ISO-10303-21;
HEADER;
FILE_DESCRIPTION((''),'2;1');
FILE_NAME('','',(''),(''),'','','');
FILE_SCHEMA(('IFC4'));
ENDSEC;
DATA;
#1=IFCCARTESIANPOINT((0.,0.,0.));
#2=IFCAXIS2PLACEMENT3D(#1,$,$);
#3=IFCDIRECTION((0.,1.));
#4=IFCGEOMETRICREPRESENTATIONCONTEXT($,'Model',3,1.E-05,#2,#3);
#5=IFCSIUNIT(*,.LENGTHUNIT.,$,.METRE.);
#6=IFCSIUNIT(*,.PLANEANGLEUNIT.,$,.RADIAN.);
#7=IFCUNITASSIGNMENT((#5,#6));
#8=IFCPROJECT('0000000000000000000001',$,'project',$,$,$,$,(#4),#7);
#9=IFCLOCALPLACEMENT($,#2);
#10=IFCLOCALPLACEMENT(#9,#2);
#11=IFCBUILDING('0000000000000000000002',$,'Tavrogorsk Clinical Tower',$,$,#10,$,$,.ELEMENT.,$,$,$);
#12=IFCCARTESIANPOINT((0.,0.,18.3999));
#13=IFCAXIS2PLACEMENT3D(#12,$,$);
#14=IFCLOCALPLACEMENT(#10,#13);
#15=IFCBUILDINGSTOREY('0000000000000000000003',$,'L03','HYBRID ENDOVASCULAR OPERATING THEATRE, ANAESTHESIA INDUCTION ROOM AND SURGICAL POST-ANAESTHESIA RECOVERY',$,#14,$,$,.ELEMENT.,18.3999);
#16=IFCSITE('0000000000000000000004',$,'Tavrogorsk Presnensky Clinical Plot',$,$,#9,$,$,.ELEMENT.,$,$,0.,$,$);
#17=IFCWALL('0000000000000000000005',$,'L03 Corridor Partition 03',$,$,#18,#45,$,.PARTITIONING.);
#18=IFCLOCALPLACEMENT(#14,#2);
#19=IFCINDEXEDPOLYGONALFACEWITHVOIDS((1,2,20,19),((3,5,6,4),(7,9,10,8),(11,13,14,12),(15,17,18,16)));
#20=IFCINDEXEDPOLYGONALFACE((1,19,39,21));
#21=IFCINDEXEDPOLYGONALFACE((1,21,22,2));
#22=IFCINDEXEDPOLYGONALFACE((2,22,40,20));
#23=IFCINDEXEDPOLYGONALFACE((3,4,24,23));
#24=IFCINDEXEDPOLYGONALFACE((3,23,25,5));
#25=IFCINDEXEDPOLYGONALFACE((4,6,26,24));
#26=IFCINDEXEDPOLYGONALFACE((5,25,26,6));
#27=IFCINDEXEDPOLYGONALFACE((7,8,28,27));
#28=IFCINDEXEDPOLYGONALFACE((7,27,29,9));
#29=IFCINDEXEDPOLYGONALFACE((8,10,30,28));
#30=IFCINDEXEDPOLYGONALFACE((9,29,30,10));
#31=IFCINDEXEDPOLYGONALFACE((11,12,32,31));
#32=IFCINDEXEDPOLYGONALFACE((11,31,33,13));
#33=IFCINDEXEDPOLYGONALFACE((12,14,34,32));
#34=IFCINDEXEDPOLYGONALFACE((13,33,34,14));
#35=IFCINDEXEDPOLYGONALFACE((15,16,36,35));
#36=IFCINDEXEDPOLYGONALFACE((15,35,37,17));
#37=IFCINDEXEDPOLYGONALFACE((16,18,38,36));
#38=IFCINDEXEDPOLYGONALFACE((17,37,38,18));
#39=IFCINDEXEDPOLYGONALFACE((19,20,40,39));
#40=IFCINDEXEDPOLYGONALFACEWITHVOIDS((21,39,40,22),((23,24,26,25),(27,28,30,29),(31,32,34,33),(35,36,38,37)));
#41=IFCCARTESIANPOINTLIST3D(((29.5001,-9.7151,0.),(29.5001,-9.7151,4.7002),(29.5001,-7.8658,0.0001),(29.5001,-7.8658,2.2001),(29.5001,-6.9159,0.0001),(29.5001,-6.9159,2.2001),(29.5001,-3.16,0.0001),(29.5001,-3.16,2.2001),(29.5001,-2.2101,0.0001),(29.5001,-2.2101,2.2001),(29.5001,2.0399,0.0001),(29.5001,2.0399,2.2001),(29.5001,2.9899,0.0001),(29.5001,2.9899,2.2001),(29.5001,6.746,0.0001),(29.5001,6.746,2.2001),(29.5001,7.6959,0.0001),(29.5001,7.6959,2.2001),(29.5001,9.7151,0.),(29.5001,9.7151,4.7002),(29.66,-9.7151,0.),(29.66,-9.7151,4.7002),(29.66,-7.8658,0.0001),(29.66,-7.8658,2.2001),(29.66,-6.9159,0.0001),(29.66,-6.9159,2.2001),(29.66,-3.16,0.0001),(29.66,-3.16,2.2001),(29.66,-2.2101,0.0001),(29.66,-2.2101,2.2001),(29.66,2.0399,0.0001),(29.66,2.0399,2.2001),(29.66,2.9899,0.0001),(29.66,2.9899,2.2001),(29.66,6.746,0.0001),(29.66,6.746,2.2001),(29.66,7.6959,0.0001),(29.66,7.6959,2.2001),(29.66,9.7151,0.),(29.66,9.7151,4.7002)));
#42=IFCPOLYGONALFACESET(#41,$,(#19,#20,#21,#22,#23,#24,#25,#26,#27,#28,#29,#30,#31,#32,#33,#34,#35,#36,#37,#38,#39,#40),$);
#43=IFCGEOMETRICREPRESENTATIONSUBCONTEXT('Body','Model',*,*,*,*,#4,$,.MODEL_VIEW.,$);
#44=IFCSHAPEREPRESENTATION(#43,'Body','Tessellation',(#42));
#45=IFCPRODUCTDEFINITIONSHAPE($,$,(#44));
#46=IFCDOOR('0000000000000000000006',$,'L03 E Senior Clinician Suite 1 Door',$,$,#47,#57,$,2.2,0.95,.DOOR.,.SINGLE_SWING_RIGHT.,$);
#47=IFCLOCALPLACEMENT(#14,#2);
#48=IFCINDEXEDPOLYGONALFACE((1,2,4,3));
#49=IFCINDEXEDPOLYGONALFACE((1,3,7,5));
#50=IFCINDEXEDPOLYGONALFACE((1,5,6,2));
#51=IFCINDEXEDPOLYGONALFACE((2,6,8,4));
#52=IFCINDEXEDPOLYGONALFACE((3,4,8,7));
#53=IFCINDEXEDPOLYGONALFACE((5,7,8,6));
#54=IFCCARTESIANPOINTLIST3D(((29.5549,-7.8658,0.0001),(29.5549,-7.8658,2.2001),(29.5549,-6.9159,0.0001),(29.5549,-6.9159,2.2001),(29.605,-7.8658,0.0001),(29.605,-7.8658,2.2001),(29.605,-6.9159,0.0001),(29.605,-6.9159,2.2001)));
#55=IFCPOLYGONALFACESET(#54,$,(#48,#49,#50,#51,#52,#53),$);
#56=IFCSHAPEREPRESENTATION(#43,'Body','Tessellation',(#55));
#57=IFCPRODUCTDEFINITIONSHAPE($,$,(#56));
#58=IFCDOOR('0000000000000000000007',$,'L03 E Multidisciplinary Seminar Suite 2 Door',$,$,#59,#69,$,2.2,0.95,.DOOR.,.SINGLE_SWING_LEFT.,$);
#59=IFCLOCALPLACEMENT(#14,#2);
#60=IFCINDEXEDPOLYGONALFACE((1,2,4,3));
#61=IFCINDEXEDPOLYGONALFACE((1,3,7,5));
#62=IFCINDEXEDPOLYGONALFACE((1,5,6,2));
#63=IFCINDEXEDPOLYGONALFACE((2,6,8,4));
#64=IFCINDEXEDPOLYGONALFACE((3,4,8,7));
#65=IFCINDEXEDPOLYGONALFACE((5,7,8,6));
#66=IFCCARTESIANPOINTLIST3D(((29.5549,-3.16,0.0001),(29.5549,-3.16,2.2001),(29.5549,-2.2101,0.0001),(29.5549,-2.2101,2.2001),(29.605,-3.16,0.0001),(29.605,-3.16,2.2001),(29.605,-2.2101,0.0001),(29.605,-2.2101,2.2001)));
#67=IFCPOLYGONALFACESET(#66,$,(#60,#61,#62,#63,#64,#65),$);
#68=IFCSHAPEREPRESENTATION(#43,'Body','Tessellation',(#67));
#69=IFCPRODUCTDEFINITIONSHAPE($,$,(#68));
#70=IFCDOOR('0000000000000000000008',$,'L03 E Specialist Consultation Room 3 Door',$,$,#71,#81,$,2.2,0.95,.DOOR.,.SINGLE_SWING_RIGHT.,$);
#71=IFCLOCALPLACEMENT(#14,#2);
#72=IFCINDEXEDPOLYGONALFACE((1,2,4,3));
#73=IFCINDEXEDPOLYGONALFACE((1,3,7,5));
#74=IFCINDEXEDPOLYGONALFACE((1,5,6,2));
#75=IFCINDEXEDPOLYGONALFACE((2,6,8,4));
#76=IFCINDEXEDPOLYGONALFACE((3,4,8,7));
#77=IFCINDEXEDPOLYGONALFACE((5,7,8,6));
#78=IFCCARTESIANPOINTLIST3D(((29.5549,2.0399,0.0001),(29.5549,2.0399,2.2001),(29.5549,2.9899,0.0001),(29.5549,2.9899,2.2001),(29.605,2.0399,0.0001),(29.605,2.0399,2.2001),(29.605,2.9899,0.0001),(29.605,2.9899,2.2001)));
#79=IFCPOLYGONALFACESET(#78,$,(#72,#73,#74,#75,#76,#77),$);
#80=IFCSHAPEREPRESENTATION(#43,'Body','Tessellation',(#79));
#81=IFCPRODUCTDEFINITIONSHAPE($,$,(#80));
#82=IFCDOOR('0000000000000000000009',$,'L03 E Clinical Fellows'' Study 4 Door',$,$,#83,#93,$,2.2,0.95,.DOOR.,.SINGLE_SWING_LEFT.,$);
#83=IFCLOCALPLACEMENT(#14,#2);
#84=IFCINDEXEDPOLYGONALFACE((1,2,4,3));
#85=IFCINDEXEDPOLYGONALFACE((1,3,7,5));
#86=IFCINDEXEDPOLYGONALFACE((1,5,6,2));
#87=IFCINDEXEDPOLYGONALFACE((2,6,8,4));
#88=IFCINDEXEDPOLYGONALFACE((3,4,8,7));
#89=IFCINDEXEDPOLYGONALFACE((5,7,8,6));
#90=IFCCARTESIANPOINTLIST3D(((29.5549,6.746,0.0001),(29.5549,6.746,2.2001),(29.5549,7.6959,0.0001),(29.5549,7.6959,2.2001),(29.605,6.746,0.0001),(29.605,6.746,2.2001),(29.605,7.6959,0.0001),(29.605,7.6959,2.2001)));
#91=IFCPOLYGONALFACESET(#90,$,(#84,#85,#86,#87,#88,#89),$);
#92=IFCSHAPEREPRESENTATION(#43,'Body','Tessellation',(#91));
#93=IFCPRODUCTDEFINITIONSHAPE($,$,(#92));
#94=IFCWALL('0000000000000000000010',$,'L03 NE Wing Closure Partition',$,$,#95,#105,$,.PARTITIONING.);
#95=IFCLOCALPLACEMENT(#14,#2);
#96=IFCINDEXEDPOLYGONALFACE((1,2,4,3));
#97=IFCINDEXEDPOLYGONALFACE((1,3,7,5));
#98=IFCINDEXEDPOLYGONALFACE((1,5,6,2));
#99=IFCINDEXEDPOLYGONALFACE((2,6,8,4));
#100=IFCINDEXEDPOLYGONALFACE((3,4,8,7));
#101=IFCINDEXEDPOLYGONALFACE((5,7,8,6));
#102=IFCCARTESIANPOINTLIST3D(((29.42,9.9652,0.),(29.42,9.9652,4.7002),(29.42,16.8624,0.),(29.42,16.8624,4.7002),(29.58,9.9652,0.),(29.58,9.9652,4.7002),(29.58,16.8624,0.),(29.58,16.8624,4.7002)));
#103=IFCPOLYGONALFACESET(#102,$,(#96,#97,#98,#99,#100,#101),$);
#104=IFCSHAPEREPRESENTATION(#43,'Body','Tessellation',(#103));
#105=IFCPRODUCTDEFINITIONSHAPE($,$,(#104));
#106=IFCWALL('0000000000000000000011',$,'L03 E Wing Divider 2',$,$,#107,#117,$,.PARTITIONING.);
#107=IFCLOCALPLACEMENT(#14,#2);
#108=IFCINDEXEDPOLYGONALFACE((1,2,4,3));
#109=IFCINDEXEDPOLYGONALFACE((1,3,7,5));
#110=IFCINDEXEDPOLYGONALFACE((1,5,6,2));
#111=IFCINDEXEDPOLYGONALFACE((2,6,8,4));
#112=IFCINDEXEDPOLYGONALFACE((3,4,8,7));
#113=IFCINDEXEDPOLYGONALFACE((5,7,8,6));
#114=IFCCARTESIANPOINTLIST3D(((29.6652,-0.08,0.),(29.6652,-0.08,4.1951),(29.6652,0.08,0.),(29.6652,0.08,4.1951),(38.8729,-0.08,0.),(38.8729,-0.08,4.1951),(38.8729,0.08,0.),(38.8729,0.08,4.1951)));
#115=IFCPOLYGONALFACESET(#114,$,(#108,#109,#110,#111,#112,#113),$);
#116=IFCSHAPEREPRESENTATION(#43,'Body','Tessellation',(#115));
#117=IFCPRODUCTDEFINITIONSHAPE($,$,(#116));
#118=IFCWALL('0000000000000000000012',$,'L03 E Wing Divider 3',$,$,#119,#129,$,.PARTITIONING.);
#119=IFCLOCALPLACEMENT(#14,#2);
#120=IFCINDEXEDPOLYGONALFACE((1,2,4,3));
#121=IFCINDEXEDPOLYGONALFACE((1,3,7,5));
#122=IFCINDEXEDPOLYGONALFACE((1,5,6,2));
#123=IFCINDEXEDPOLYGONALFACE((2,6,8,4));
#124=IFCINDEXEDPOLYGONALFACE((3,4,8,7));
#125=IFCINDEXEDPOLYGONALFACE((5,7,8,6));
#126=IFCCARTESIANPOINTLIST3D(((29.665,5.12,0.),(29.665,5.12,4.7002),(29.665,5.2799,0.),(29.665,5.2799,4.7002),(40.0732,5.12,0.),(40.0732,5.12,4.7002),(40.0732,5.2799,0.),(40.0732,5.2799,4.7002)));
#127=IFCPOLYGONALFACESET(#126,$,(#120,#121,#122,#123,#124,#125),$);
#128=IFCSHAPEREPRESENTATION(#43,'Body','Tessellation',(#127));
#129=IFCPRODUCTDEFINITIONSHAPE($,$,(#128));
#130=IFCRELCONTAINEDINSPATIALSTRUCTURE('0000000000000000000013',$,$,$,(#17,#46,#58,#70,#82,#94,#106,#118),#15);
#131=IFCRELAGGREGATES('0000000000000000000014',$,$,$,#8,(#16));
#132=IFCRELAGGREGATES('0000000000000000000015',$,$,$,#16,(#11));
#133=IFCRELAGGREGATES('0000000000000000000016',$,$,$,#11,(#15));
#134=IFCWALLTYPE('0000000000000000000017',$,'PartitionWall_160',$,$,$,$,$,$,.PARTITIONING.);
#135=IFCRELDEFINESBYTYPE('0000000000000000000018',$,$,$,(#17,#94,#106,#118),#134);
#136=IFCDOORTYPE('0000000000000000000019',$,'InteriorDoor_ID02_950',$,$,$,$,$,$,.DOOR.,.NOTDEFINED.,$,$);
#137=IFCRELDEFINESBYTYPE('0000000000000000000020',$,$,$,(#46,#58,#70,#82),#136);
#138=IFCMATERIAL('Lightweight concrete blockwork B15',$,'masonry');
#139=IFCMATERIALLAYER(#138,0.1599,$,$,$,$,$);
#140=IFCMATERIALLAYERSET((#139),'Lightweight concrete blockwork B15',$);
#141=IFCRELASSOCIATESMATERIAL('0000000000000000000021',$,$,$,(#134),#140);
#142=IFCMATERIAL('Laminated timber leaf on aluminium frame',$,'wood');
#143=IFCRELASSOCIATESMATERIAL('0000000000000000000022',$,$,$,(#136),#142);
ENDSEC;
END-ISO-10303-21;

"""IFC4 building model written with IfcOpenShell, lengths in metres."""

from ifc_helpers import new_model, si_unit, direction, frame, frame_2d, origin, place, context, subcontext, project, spatial, rectangle, extrude, material, layer, layer_set, type_object, element, fill, save


model = new_model("IFC4")

# Units and contexts
model_context = context("Model", 3, precision=1e-05, world=origin(), true_north=direction((0.0, 1.0)))
body_context = subcontext(model_context, "Body", "Model", "MODEL_VIEW")
ifc_project = project(units=[si_unit("LENGTHUNIT", "METRE"), si_unit("PLANEANGLEUNIT", "RADIAN")], contexts=[model_context])

# Site, building, storey
site_placement = place(None, origin())
site = spatial("IfcSite", under=ifc_project, at=site_placement, Name="Tavrogorsk Presnensky Clinical Plot", CompositionType="ELEMENT", RefElevation=0.0)
building_placement = place(site_placement, origin())
building = spatial("IfcBuilding", under=site, at=building_placement, Name="Tavrogorsk Clinical Tower", CompositionType="ELEMENT")
storey_placement = place(building_placement, frame((0.0, 0.0, 18.3999)))
storey = spatial("IfcBuildingStorey", under=building, at=storey_placement, Name="L03", Description="HYBRID ENDOVASCULAR OPERATING THEATRE, ANAESTHESIA INDUCTION ROOM AND SURGICAL POST-ANAESTHESIA RECOVERY", CompositionType="ELEMENT", Elevation=18.3999)

# Shared definitions
ifc_material_1 = material(Name="Lightweight concrete blockwork B15", Category="masonry")
ifc_layer_1 = layer(ifc_material_1, 0.1599)
ifc_layer_set_1 = layer_set([ifc_layer_1], Name="Lightweight concrete blockwork B15")
wall_type_1 = type_object("IfcWallType", Name="PartitionWall_160", PredefinedType="PARTITIONING", material=ifc_layer_set_1)

# Wall, openings, doors
wall_1_placement = place(storey_placement, frame((29.5801, 9.7151, 0.0), z_axis=(0.0, 0.0, 1.0), x_axis=(0.0, -1.0, 0.0)))
wall_1 = element("IfcWall", 1, at=wall_1_placement, inside=storey, type_object=wall_type_1, Name="L03 Corridor Partition 03", PredefinedType="PARTITIONING", context=body_context, shape_type="SweptSolid", body=[
    extrude(rectangle(XDim=19.4302, YDim=0.1599, at=frame_2d((9.7151, 0.0))), origin(), (0.0, 0.0, 1.0), 4.7002),
])
opening_1_placement = place(wall_1_placement, frame((16.6309, 0.0, 0.0)))
opening_1 = element("IfcOpeningElement", 2, at=opening_1_placement, cuts=wall_1, PredefinedType="OPENING", context=body_context, shape_type="SweptSolid", body=[
    extrude(rectangle(XDim=0.95, YDim=2.2, at=frame_2d((0.4751, 1.1001))), frame((0.0, 0.0898, 0.0), z_axis=(0.0, -1.0, 0.0), x_axis=(1.0, 0.0, 0.0)), (0.0, 0.0, 1.0), 0.1799),
])
opening_2_placement = place(wall_1_placement, frame((11.925, 0.0, 0.0)))
opening_2 = element("IfcOpeningElement", 3, at=opening_2_placement, cuts=wall_1, PredefinedType="OPENING", context=body_context, shape_type="SweptSolid", body=[
    extrude(rectangle(XDim=0.95, YDim=2.2, at=frame_2d((0.4751, 1.1001))), frame((0.0, 0.0898, 0.0), z_axis=(0.0, -1.0, 0.0), x_axis=(1.0, 0.0, 0.0)), (0.0, 0.0, 1.0), 0.1799),
])
opening_3_placement = place(wall_1_placement, frame((6.7251, 0.0, 0.0)))
opening_3 = element("IfcOpeningElement", 4, at=opening_3_placement, cuts=wall_1, PredefinedType="OPENING", context=body_context, shape_type="SweptSolid", body=[
    extrude(rectangle(XDim=0.95, YDim=2.2, at=frame_2d((0.4751, 1.1001))), frame((0.0, 0.0898, 0.0), z_axis=(0.0, -1.0, 0.0), x_axis=(1.0, 0.0, 0.0)), (0.0, 0.0, 1.0), 0.1799),
])
opening_4_placement = place(wall_1_placement, frame((2.019, 0.0, 0.0)))
opening_4 = element("IfcOpeningElement", 5, at=opening_4_placement, cuts=wall_1, PredefinedType="OPENING", context=body_context, shape_type="SweptSolid", body=[
    extrude(rectangle(XDim=0.95, YDim=2.2, at=frame_2d((0.4751, 1.1001))), frame((0.0, 0.0898, 0.0), z_axis=(0.0, -1.0, 0.0), x_axis=(1.0, 0.0, 0.0)), (0.0, 0.0, 1.0), 0.1799),
])
ifc_material_2 = material(Name="Laminated timber leaf on aluminium frame", Category="wood")
door_type = type_object("IfcDoorType", Name="InteriorDoor_ID02_950", OperationType="NOTDEFINED", PredefinedType="DOOR", material=ifc_material_2)
door_1_placement = place(opening_1_placement, origin())
door_1 = element("IfcDoor", 6, at=door_1_placement, inside=storey, type_object=door_type, Name="L03 E Senior Clinician Suite 1 Door", OperationType="SINGLE_SWING_RIGHT", OverallHeight=2.2, OverallWidth=0.95, PredefinedType="DOOR", context=body_context, shape_type="SweptSolid", body=[
    extrude(rectangle(XDim=0.95, YDim=2.2, at=frame_2d((0.4751, 1.1001))), frame((0.0, 0.0249, 0.0), z_axis=(0.0, -1.0, 0.0), x_axis=(1.0, 0.0, 0.0)), (0.0, 0.0, 1.0), 0.05),
])
fill(opening_1, door_1)
door_2_placement = place(opening_2_placement, origin())
door_2 = element("IfcDoor", 7, at=door_2_placement, inside=storey, type_object=door_type, Name="L03 E Multidisciplinary Seminar Suite 2 Door", OperationType="SINGLE_SWING_LEFT", OverallHeight=2.2, OverallWidth=0.95, PredefinedType="DOOR", context=body_context, shape_type="SweptSolid", body=[
    extrude(rectangle(XDim=0.95, YDim=2.2, at=frame_2d((0.4751, 1.1001))), frame((0.0, 0.0249, 0.0), z_axis=(0.0, -1.0, 0.0), x_axis=(1.0, 0.0, 0.0)), (0.0, 0.0, 1.0), 0.05),
])
fill(opening_2, door_2)
door_3_placement = place(opening_3_placement, origin())
door_3 = element("IfcDoor", 8, at=door_3_placement, inside=storey, type_object=door_type, Name="L03 E Specialist Consultation Room 3 Door", OperationType="SINGLE_SWING_RIGHT", OverallHeight=2.2, OverallWidth=0.95, PredefinedType="DOOR", context=body_context, shape_type="SweptSolid", body=[
    extrude(rectangle(XDim=0.95, YDim=2.2, at=frame_2d((0.4751, 1.1001))), frame((0.0, 0.0249, 0.0), z_axis=(0.0, -1.0, 0.0), x_axis=(1.0, 0.0, 0.0)), (0.0, 0.0, 1.0), 0.05),
])
fill(opening_3, door_3)
door_4_placement = place(opening_4_placement, origin())
door_4 = element("IfcDoor", 9, at=door_4_placement, inside=storey, type_object=door_type, Name="L03 E Clinical Fellows' Study 4 Door", OperationType="SINGLE_SWING_LEFT", OverallHeight=2.2, OverallWidth=0.95, PredefinedType="DOOR", context=body_context, shape_type="SweptSolid", body=[
    extrude(rectangle(XDim=0.95, YDim=2.2, at=frame_2d((0.4751, 1.1001))), frame((0.0, 0.0249, 0.0), z_axis=(0.0, -1.0, 0.0), x_axis=(1.0, 0.0, 0.0)), (0.0, 0.0, 1.0), 0.05),
])
fill(opening_4, door_4)

# Walls
wall_2_placement = place(storey_placement, frame((29.5, 9.9651, 0.0), z_axis=(0.0, 0.0, 1.0), x_axis=(0.0, 1.0, 0.0)))
element("IfcWall", 10, at=wall_2_placement, inside=storey, type_object=wall_type_1, Name="L03 NE Wing Closure Partition", PredefinedType="PARTITIONING", context=body_context, shape_type="SweptSolid", body=[
    extrude(rectangle(XDim=6.8972, YDim=0.1599, at=frame_2d((3.4487, 0.0))), origin(), (0.0, 0.0, 1.0), 4.7002),
])
wall_3_placement = place(storey_placement, frame((29.665, 0.0, 0.0), z_axis=(0.0, 0.0, 1.0), x_axis=(1.0, 0.0, 0.0)))
element("IfcWall", 11, at=wall_3_placement, inside=storey, type_object=wall_type_1, Name="L03 E Wing Divider 2", PredefinedType="PARTITIONING", context=body_context, shape_type="SweptSolid", body=[
    extrude(rectangle(XDim=9.2078, YDim=0.1599, at=frame_2d((4.604, 0.0))), origin(), (0.0, 0.0, 1.0), 4.1951),
])
wall_4_placement = place(storey_placement, frame((29.665, 5.2, 0.0), z_axis=(0.0, 0.0, 1.0), x_axis=(1.0, 0.0, 0.0)))
element("IfcWall", 12, at=wall_4_placement, inside=storey, type_object=wall_type_1, Name="L03 E Wing Divider 3", PredefinedType="PARTITIONING", context=body_context, shape_type="SweptSolid", body=[
    extrude(rectangle(XDim=10.4082, YDim=0.1599, at=frame_2d((5.2041, 0.0))), origin(), (0.0, 0.0, 1.0), 4.7002),
])

save(model, "model.ifc")
